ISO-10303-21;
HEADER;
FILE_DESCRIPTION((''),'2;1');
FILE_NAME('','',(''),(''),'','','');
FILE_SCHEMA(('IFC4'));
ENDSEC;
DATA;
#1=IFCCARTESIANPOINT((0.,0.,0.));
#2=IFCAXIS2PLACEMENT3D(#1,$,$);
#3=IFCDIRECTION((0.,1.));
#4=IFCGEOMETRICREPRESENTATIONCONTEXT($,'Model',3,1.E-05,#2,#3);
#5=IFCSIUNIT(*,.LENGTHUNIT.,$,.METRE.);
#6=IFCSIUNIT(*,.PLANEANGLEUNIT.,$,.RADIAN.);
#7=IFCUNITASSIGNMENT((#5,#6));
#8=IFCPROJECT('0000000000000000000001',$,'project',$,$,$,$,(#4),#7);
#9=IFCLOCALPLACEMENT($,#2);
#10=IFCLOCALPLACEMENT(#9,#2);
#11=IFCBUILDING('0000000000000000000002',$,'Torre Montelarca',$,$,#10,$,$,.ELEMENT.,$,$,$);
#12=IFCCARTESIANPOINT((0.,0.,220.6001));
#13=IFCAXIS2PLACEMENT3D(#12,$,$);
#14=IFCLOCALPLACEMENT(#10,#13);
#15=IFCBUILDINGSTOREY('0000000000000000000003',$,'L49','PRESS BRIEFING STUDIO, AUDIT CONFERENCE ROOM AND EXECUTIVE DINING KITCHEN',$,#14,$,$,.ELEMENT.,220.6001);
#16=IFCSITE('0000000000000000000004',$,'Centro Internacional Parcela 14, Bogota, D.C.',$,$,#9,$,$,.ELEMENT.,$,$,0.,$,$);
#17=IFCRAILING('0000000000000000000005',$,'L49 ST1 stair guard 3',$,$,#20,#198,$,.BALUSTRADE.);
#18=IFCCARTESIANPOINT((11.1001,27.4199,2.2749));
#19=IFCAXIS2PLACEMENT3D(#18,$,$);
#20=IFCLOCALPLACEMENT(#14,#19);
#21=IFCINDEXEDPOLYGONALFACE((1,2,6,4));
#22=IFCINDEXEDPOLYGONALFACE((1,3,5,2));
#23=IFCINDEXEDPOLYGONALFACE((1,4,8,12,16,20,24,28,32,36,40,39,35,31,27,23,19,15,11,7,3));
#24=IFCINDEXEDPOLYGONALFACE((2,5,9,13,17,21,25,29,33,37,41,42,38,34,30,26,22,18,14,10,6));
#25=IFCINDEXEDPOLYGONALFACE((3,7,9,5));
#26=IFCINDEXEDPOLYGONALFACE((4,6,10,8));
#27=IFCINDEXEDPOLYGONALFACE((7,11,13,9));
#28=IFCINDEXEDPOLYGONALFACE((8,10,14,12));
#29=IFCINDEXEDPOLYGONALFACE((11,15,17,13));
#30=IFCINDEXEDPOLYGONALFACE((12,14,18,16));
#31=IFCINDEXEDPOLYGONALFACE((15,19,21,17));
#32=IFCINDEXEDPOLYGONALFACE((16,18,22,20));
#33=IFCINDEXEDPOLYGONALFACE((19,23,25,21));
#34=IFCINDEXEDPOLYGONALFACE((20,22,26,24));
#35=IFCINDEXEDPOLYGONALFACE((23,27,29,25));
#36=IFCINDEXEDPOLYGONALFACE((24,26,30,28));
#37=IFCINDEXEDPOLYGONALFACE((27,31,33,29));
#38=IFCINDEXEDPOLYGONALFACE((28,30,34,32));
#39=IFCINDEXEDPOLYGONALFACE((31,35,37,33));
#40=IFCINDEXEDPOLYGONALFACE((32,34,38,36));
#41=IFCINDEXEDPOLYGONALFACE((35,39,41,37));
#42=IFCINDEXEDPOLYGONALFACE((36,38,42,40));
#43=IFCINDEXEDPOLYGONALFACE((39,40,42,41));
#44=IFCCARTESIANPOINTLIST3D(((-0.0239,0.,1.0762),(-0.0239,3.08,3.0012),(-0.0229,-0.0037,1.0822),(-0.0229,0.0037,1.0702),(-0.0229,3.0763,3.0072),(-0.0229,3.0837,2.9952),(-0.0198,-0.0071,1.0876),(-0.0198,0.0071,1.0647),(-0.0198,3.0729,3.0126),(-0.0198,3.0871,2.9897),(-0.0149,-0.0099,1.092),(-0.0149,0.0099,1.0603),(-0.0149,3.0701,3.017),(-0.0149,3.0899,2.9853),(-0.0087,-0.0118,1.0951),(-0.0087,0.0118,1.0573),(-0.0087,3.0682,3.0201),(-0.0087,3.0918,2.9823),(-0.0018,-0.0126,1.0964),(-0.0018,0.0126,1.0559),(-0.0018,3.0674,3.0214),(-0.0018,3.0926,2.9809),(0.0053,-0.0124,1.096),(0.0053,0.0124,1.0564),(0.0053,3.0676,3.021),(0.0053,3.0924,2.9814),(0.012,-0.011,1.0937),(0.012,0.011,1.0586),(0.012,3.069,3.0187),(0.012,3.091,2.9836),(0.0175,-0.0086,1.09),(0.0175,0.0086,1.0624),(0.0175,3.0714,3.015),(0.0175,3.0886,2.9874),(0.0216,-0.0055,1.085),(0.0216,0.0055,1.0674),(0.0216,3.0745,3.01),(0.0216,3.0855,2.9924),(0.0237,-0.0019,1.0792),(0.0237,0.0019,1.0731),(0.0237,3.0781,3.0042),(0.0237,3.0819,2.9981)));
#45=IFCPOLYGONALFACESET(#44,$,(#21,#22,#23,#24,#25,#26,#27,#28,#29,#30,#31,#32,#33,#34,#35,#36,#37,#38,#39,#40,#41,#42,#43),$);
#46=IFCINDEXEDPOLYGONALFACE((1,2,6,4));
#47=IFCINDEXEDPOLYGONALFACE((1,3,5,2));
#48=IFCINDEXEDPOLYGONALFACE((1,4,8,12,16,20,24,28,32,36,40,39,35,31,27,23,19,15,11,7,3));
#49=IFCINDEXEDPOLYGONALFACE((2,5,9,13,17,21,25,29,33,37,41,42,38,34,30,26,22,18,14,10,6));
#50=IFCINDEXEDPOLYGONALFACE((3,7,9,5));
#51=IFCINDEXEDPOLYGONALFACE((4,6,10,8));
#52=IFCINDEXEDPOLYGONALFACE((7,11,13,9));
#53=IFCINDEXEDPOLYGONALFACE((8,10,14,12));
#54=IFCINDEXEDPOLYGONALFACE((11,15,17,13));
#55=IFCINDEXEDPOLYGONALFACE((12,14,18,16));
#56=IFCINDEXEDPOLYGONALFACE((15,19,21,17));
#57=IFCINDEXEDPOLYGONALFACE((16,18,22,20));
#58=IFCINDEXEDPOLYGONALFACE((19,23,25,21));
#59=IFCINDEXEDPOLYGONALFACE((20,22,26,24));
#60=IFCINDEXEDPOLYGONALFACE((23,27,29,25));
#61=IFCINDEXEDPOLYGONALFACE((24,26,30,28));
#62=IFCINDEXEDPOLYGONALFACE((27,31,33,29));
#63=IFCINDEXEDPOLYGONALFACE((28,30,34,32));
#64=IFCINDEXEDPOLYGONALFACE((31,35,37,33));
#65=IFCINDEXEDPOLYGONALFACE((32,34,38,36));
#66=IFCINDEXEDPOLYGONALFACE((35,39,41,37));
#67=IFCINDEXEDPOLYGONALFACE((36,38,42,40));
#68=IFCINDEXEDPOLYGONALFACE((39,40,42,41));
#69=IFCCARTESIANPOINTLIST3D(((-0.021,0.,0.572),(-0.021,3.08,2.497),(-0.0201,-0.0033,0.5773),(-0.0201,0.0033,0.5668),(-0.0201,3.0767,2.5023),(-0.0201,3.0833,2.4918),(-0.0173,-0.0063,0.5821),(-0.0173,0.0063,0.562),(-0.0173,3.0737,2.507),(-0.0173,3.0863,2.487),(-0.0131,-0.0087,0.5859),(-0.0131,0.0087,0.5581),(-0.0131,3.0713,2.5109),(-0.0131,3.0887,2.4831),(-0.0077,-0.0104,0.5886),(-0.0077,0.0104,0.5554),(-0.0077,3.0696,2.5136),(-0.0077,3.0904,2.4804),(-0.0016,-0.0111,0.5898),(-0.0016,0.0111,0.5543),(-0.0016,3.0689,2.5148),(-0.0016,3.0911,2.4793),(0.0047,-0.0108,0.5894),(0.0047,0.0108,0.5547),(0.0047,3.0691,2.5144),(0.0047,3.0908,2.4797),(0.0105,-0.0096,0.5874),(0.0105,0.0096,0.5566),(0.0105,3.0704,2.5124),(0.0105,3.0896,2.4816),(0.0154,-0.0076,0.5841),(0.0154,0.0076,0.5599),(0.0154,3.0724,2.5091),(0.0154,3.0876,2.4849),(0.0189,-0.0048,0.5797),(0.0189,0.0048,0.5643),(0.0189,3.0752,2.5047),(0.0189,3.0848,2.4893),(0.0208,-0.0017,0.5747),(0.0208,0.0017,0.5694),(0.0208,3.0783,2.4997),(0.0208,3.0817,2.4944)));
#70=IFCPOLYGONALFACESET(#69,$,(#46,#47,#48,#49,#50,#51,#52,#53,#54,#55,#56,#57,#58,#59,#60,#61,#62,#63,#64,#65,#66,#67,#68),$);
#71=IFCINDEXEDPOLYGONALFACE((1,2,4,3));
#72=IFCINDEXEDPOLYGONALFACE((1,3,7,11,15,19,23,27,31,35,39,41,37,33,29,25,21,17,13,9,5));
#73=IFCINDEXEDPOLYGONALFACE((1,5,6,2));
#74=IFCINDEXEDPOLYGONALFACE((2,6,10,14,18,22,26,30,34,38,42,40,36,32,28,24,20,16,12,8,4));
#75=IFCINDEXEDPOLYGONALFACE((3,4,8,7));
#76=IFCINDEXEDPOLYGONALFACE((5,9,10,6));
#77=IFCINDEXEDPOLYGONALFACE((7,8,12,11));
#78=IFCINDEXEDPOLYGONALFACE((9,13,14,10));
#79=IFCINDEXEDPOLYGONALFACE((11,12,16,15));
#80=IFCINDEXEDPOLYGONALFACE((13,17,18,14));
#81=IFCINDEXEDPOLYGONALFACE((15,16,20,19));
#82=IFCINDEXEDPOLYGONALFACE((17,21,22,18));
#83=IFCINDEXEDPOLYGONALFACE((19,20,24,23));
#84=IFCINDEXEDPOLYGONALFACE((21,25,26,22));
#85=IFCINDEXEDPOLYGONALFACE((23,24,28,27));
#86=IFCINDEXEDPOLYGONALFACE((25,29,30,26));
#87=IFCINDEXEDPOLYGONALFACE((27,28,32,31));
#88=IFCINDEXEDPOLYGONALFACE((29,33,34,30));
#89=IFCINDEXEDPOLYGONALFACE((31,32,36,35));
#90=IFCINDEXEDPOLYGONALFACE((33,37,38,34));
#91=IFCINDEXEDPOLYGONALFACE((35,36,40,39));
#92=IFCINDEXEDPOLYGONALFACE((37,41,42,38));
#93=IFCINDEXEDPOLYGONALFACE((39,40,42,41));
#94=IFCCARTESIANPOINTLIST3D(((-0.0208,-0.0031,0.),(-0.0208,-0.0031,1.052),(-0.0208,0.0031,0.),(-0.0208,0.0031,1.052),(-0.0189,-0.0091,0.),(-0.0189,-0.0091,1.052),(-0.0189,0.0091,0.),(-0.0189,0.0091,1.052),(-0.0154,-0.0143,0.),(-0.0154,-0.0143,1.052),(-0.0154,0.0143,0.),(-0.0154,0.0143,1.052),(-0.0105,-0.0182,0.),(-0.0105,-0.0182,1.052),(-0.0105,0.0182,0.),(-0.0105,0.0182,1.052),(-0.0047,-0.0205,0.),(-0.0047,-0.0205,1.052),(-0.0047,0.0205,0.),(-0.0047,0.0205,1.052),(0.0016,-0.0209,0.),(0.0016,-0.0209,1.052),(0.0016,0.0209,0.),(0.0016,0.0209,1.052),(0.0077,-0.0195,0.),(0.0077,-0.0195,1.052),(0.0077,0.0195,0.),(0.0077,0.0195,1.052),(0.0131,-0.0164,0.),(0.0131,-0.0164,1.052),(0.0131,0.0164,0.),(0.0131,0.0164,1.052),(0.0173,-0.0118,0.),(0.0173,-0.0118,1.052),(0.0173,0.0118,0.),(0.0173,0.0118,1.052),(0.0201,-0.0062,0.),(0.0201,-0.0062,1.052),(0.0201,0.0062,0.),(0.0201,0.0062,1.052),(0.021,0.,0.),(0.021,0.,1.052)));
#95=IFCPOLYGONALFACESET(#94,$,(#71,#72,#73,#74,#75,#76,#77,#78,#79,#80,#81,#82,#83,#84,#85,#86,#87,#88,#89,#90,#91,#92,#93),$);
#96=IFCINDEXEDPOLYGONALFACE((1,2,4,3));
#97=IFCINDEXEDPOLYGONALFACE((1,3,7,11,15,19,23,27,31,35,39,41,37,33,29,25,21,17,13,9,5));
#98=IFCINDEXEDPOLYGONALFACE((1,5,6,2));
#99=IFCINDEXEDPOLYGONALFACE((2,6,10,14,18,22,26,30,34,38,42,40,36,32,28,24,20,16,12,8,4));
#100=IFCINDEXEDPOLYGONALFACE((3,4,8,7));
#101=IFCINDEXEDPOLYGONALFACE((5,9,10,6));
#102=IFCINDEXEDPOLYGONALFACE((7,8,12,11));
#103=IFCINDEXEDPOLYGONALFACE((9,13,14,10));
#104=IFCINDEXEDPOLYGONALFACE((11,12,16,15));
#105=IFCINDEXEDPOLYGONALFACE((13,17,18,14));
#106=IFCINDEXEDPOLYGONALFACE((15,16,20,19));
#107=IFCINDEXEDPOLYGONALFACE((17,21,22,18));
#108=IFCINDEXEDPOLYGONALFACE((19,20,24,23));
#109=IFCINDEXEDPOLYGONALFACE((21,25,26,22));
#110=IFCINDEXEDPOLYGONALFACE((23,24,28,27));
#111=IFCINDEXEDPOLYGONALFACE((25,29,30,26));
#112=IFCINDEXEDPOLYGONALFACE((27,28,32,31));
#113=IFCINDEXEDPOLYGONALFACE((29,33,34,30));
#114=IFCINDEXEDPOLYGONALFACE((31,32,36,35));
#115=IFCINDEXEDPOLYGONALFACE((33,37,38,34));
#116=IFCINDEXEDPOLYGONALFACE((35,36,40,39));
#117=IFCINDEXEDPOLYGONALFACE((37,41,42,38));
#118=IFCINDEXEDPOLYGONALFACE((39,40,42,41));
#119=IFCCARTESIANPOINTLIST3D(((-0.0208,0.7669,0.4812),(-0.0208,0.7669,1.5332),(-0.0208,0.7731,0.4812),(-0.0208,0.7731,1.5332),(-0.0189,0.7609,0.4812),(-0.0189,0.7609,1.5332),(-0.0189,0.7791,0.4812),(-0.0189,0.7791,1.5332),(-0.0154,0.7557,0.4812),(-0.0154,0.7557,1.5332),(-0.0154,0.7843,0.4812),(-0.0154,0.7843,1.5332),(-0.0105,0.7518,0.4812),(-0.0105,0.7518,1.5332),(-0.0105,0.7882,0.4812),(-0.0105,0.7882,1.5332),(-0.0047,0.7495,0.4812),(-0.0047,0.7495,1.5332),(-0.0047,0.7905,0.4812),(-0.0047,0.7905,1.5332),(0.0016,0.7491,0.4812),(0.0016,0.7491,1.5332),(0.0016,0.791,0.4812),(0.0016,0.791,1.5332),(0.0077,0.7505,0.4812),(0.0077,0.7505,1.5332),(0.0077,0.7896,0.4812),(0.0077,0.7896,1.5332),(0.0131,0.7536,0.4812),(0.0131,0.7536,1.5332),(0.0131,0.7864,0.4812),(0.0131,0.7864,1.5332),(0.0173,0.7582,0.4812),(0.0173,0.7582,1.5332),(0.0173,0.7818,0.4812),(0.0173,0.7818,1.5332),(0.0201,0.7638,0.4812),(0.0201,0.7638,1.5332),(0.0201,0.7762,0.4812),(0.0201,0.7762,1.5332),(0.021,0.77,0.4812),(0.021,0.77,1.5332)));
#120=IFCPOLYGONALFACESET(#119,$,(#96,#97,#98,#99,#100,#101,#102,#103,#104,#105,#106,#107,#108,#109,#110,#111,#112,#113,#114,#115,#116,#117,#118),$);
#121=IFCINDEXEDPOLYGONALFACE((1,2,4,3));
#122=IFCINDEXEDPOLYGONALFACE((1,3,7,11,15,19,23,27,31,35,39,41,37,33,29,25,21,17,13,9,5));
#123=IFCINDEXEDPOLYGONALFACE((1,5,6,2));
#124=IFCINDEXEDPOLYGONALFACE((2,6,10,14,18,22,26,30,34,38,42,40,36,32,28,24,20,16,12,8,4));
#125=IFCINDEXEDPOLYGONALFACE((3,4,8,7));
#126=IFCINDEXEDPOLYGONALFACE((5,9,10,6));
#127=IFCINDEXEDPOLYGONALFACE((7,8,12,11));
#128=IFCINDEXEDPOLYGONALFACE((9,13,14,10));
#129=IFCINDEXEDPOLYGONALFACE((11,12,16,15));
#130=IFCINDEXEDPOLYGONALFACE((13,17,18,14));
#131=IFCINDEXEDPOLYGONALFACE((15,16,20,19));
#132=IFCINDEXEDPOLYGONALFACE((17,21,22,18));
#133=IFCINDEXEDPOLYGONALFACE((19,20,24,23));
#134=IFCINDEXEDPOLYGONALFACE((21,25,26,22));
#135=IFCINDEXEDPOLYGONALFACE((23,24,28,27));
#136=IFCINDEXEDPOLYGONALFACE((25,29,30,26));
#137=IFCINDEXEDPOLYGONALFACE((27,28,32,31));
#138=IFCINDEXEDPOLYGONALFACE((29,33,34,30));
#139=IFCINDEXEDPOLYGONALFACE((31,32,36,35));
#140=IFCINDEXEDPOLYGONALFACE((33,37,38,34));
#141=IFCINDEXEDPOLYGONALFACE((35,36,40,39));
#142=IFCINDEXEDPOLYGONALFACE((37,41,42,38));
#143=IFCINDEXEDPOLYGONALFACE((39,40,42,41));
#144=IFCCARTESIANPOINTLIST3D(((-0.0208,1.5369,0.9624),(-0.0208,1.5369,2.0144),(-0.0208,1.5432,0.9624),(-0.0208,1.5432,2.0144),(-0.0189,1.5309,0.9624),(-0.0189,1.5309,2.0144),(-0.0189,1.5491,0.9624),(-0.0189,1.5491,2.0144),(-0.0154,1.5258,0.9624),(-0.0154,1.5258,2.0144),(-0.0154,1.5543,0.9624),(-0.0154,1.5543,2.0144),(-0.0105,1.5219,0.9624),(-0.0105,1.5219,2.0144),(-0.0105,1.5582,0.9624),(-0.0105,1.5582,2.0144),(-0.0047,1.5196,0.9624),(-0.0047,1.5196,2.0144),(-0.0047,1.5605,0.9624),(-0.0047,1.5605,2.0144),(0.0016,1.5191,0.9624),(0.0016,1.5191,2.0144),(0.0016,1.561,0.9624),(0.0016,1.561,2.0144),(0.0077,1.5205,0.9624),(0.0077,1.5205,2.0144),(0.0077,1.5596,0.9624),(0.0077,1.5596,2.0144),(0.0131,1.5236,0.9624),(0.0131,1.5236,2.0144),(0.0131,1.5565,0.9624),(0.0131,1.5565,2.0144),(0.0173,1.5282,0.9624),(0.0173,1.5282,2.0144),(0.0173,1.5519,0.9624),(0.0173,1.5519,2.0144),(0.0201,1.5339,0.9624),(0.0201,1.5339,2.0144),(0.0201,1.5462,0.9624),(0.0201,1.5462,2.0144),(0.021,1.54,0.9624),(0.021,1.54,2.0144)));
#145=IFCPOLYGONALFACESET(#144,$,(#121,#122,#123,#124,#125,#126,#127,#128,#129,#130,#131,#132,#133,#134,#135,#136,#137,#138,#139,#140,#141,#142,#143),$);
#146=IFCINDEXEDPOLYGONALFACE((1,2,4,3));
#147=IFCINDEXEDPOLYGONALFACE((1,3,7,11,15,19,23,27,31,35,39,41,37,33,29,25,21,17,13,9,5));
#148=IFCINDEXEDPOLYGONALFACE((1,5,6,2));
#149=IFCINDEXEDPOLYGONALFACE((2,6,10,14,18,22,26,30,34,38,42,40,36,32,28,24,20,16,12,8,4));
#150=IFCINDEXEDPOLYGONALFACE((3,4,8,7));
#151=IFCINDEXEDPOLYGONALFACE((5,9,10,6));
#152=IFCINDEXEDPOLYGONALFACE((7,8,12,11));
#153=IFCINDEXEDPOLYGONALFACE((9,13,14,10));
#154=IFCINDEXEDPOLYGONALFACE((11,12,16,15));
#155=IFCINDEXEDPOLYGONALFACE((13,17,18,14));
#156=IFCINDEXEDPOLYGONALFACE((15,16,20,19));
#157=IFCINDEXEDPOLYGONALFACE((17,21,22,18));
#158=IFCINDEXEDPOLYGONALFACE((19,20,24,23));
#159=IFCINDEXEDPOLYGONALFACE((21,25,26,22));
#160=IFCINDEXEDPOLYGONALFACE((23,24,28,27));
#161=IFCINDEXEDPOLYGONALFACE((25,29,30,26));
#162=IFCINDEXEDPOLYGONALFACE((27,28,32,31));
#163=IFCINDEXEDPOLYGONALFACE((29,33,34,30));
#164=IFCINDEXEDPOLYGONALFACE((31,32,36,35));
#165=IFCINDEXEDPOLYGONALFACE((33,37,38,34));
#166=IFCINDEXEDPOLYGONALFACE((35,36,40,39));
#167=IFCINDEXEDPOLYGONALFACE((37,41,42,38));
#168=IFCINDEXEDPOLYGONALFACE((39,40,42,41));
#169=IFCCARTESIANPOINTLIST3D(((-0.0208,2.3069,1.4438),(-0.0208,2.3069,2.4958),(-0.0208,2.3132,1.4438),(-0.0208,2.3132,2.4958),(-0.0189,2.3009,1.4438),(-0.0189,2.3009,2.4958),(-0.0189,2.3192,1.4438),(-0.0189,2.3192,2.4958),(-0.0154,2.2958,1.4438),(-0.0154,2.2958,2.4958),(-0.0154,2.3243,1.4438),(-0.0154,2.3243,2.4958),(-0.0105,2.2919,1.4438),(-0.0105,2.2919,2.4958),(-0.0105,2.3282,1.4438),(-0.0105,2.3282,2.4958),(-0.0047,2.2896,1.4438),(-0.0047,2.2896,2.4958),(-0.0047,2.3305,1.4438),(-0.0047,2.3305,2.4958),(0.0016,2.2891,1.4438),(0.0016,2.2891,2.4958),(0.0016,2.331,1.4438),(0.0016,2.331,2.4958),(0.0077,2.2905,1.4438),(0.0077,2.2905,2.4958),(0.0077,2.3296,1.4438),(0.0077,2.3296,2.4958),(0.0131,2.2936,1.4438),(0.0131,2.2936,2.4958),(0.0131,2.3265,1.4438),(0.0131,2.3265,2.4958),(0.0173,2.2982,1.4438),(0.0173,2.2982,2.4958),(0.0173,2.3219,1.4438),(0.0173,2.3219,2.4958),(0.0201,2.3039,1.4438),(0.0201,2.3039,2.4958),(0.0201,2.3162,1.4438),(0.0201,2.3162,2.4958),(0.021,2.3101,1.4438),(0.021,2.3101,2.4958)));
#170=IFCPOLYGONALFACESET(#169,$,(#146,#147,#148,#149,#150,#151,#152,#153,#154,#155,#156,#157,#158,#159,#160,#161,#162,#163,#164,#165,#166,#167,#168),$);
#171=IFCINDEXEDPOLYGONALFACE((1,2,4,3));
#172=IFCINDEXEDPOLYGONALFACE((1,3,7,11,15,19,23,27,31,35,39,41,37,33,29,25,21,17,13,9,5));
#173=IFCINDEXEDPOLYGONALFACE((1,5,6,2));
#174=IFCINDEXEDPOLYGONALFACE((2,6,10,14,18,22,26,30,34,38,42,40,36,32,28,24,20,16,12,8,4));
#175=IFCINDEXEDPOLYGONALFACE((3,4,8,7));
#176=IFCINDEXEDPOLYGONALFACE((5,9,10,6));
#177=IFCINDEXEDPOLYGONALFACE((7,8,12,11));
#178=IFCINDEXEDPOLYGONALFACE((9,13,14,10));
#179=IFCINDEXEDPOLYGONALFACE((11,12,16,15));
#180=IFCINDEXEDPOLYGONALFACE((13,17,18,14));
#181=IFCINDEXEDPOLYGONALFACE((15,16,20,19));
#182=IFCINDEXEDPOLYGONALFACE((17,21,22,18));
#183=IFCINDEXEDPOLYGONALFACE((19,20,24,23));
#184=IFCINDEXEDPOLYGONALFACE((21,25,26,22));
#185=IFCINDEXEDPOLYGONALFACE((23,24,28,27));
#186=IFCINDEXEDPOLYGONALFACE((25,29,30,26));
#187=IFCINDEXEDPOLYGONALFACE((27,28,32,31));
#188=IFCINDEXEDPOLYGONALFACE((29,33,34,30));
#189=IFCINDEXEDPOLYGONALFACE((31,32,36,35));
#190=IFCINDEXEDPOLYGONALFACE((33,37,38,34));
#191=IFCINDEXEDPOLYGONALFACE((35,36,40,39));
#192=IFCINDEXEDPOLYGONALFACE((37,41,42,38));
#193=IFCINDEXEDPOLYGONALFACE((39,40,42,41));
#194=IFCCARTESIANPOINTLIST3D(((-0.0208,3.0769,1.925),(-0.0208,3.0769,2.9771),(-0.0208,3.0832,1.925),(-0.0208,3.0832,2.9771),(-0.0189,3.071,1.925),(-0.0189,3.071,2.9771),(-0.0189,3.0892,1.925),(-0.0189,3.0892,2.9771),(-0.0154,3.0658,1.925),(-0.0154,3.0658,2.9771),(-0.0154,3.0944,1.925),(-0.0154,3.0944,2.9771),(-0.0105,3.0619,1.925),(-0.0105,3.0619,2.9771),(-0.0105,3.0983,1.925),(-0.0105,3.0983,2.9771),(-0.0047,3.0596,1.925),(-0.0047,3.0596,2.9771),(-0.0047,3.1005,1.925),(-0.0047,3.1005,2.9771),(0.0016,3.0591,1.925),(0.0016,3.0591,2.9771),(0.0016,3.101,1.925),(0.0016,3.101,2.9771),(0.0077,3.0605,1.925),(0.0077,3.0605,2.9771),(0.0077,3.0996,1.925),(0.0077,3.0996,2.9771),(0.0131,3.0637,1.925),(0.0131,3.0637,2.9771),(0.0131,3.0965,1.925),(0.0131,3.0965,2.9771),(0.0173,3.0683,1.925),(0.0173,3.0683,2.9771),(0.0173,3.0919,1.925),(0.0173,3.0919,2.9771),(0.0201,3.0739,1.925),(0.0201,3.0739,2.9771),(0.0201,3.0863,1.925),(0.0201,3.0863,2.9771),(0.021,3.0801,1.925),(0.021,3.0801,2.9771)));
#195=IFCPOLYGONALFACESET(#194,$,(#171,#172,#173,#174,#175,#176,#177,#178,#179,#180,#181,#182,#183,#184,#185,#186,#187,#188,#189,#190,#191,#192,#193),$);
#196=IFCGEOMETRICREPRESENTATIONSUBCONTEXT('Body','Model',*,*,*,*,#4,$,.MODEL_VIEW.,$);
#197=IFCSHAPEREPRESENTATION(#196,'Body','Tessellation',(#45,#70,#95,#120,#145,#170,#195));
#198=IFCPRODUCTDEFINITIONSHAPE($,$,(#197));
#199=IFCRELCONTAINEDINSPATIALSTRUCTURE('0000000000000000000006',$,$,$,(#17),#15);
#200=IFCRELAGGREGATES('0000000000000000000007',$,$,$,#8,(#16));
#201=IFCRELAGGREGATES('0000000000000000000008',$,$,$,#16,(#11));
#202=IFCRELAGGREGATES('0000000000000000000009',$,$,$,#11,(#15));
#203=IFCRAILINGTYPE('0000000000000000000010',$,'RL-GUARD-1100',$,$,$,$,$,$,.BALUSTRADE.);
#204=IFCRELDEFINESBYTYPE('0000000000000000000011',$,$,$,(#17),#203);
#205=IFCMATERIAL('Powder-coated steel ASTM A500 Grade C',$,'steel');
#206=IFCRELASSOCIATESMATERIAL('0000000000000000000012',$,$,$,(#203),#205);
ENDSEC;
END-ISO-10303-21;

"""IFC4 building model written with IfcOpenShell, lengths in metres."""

from ifc_helpers import new_model, si_unit, direction, frame, origin, origin_2d, place, context, subcontext, project, spatial, circle, extrude, material, type_object, element, save


model = new_model("IFC4")

# Units and contexts
model_context = context("Model", 3, precision=1e-05, world=origin(), true_north=direction((0.0, 1.0)))
body_context = subcontext(model_context, "Body", "Model", "MODEL_VIEW")
ifc_project = project(units=[si_unit("LENGTHUNIT", "METRE"), si_unit("PLANEANGLEUNIT", "RADIAN")], contexts=[model_context])

# Site, building, storey
site_placement = place(None, origin())
site = spatial("IfcSite", under=ifc_project, at=site_placement, Name="Centro Internacional Parcela 14, Bogota, D.C.", CompositionType="ELEMENT", RefElevation=0.0)
building_placement = place(site_placement, origin())
building = spatial("IfcBuilding", under=site, at=building_placement, Name="Torre Montelarca", CompositionType="ELEMENT")
storey_placement = place(building_placement, frame((0.0, 0.0, 220.6001)))
storey = spatial("IfcBuildingStorey", under=building, at=storey_placement, Name="L49", Description="PRESS BRIEFING STUDIO, AUDIT CONFERENCE ROOM AND EXECUTIVE DINING KITCHEN", CompositionType="ELEMENT", Elevation=220.6001)

# Railing
ifc_material_1 = material(Name="Powder-coated steel ASTM A500 Grade C", Category="steel")
railing_type_1 = type_object("IfcRailingType", Name="RL-GUARD-1100", PredefinedType="BALUSTRADE", material=ifc_material_1)
railing_1_placement = place(storey_placement, frame((11.1001, 27.4199, 2.2749)))
element("IfcRailing", 1, at=railing_1_placement, inside=storey, type_object=railing_type_1, Name="L49 ST1 stair guard 3", PredefinedType="BALUSTRADE", context=body_context, shape_type="SweptSolid", body=[
    extrude(circle(Radius=0.0239, at=origin_2d()), frame((0.0, 0.0, 1.0762), z_axis=(0.0, 0.847998, 0.529999), x_axis=(-1.0, 0.0, 0.0)), (0.0, 0.0, 1.0), 3.6321),
    extrude(circle(Radius=0.021, at=origin_2d()), frame((0.0, 0.0, 0.572), z_axis=(0.0, 0.847998, 0.529999), x_axis=(-1.0, 0.0, 0.0)), (0.0, 0.0, 1.0), 3.6321),
    extrude(circle(Radius=0.021, at=origin_2d()), origin(), (0.0, 0.0, 1.0), 1.052),
    extrude(circle(Radius=0.021, at=origin_2d()), frame((0.0, 0.77, 0.4812)), (0.0, 0.0, 1.0), 1.052),
    extrude(circle(Radius=0.021, at=origin_2d()), frame((0.0, 1.54, 0.9624)), (0.0, 0.0, 1.0), 1.052),
    extrude(circle(Radius=0.021, at=origin_2d()), frame((0.0, 2.3101, 1.4438)), (0.0, 0.0, 1.0), 1.052),
    extrude(circle(Radius=0.021, at=origin_2d()), frame((0.0, 3.0801, 1.925)), (0.0, 0.0, 1.0), 1.052),
])

save(model, "model.ifc")
